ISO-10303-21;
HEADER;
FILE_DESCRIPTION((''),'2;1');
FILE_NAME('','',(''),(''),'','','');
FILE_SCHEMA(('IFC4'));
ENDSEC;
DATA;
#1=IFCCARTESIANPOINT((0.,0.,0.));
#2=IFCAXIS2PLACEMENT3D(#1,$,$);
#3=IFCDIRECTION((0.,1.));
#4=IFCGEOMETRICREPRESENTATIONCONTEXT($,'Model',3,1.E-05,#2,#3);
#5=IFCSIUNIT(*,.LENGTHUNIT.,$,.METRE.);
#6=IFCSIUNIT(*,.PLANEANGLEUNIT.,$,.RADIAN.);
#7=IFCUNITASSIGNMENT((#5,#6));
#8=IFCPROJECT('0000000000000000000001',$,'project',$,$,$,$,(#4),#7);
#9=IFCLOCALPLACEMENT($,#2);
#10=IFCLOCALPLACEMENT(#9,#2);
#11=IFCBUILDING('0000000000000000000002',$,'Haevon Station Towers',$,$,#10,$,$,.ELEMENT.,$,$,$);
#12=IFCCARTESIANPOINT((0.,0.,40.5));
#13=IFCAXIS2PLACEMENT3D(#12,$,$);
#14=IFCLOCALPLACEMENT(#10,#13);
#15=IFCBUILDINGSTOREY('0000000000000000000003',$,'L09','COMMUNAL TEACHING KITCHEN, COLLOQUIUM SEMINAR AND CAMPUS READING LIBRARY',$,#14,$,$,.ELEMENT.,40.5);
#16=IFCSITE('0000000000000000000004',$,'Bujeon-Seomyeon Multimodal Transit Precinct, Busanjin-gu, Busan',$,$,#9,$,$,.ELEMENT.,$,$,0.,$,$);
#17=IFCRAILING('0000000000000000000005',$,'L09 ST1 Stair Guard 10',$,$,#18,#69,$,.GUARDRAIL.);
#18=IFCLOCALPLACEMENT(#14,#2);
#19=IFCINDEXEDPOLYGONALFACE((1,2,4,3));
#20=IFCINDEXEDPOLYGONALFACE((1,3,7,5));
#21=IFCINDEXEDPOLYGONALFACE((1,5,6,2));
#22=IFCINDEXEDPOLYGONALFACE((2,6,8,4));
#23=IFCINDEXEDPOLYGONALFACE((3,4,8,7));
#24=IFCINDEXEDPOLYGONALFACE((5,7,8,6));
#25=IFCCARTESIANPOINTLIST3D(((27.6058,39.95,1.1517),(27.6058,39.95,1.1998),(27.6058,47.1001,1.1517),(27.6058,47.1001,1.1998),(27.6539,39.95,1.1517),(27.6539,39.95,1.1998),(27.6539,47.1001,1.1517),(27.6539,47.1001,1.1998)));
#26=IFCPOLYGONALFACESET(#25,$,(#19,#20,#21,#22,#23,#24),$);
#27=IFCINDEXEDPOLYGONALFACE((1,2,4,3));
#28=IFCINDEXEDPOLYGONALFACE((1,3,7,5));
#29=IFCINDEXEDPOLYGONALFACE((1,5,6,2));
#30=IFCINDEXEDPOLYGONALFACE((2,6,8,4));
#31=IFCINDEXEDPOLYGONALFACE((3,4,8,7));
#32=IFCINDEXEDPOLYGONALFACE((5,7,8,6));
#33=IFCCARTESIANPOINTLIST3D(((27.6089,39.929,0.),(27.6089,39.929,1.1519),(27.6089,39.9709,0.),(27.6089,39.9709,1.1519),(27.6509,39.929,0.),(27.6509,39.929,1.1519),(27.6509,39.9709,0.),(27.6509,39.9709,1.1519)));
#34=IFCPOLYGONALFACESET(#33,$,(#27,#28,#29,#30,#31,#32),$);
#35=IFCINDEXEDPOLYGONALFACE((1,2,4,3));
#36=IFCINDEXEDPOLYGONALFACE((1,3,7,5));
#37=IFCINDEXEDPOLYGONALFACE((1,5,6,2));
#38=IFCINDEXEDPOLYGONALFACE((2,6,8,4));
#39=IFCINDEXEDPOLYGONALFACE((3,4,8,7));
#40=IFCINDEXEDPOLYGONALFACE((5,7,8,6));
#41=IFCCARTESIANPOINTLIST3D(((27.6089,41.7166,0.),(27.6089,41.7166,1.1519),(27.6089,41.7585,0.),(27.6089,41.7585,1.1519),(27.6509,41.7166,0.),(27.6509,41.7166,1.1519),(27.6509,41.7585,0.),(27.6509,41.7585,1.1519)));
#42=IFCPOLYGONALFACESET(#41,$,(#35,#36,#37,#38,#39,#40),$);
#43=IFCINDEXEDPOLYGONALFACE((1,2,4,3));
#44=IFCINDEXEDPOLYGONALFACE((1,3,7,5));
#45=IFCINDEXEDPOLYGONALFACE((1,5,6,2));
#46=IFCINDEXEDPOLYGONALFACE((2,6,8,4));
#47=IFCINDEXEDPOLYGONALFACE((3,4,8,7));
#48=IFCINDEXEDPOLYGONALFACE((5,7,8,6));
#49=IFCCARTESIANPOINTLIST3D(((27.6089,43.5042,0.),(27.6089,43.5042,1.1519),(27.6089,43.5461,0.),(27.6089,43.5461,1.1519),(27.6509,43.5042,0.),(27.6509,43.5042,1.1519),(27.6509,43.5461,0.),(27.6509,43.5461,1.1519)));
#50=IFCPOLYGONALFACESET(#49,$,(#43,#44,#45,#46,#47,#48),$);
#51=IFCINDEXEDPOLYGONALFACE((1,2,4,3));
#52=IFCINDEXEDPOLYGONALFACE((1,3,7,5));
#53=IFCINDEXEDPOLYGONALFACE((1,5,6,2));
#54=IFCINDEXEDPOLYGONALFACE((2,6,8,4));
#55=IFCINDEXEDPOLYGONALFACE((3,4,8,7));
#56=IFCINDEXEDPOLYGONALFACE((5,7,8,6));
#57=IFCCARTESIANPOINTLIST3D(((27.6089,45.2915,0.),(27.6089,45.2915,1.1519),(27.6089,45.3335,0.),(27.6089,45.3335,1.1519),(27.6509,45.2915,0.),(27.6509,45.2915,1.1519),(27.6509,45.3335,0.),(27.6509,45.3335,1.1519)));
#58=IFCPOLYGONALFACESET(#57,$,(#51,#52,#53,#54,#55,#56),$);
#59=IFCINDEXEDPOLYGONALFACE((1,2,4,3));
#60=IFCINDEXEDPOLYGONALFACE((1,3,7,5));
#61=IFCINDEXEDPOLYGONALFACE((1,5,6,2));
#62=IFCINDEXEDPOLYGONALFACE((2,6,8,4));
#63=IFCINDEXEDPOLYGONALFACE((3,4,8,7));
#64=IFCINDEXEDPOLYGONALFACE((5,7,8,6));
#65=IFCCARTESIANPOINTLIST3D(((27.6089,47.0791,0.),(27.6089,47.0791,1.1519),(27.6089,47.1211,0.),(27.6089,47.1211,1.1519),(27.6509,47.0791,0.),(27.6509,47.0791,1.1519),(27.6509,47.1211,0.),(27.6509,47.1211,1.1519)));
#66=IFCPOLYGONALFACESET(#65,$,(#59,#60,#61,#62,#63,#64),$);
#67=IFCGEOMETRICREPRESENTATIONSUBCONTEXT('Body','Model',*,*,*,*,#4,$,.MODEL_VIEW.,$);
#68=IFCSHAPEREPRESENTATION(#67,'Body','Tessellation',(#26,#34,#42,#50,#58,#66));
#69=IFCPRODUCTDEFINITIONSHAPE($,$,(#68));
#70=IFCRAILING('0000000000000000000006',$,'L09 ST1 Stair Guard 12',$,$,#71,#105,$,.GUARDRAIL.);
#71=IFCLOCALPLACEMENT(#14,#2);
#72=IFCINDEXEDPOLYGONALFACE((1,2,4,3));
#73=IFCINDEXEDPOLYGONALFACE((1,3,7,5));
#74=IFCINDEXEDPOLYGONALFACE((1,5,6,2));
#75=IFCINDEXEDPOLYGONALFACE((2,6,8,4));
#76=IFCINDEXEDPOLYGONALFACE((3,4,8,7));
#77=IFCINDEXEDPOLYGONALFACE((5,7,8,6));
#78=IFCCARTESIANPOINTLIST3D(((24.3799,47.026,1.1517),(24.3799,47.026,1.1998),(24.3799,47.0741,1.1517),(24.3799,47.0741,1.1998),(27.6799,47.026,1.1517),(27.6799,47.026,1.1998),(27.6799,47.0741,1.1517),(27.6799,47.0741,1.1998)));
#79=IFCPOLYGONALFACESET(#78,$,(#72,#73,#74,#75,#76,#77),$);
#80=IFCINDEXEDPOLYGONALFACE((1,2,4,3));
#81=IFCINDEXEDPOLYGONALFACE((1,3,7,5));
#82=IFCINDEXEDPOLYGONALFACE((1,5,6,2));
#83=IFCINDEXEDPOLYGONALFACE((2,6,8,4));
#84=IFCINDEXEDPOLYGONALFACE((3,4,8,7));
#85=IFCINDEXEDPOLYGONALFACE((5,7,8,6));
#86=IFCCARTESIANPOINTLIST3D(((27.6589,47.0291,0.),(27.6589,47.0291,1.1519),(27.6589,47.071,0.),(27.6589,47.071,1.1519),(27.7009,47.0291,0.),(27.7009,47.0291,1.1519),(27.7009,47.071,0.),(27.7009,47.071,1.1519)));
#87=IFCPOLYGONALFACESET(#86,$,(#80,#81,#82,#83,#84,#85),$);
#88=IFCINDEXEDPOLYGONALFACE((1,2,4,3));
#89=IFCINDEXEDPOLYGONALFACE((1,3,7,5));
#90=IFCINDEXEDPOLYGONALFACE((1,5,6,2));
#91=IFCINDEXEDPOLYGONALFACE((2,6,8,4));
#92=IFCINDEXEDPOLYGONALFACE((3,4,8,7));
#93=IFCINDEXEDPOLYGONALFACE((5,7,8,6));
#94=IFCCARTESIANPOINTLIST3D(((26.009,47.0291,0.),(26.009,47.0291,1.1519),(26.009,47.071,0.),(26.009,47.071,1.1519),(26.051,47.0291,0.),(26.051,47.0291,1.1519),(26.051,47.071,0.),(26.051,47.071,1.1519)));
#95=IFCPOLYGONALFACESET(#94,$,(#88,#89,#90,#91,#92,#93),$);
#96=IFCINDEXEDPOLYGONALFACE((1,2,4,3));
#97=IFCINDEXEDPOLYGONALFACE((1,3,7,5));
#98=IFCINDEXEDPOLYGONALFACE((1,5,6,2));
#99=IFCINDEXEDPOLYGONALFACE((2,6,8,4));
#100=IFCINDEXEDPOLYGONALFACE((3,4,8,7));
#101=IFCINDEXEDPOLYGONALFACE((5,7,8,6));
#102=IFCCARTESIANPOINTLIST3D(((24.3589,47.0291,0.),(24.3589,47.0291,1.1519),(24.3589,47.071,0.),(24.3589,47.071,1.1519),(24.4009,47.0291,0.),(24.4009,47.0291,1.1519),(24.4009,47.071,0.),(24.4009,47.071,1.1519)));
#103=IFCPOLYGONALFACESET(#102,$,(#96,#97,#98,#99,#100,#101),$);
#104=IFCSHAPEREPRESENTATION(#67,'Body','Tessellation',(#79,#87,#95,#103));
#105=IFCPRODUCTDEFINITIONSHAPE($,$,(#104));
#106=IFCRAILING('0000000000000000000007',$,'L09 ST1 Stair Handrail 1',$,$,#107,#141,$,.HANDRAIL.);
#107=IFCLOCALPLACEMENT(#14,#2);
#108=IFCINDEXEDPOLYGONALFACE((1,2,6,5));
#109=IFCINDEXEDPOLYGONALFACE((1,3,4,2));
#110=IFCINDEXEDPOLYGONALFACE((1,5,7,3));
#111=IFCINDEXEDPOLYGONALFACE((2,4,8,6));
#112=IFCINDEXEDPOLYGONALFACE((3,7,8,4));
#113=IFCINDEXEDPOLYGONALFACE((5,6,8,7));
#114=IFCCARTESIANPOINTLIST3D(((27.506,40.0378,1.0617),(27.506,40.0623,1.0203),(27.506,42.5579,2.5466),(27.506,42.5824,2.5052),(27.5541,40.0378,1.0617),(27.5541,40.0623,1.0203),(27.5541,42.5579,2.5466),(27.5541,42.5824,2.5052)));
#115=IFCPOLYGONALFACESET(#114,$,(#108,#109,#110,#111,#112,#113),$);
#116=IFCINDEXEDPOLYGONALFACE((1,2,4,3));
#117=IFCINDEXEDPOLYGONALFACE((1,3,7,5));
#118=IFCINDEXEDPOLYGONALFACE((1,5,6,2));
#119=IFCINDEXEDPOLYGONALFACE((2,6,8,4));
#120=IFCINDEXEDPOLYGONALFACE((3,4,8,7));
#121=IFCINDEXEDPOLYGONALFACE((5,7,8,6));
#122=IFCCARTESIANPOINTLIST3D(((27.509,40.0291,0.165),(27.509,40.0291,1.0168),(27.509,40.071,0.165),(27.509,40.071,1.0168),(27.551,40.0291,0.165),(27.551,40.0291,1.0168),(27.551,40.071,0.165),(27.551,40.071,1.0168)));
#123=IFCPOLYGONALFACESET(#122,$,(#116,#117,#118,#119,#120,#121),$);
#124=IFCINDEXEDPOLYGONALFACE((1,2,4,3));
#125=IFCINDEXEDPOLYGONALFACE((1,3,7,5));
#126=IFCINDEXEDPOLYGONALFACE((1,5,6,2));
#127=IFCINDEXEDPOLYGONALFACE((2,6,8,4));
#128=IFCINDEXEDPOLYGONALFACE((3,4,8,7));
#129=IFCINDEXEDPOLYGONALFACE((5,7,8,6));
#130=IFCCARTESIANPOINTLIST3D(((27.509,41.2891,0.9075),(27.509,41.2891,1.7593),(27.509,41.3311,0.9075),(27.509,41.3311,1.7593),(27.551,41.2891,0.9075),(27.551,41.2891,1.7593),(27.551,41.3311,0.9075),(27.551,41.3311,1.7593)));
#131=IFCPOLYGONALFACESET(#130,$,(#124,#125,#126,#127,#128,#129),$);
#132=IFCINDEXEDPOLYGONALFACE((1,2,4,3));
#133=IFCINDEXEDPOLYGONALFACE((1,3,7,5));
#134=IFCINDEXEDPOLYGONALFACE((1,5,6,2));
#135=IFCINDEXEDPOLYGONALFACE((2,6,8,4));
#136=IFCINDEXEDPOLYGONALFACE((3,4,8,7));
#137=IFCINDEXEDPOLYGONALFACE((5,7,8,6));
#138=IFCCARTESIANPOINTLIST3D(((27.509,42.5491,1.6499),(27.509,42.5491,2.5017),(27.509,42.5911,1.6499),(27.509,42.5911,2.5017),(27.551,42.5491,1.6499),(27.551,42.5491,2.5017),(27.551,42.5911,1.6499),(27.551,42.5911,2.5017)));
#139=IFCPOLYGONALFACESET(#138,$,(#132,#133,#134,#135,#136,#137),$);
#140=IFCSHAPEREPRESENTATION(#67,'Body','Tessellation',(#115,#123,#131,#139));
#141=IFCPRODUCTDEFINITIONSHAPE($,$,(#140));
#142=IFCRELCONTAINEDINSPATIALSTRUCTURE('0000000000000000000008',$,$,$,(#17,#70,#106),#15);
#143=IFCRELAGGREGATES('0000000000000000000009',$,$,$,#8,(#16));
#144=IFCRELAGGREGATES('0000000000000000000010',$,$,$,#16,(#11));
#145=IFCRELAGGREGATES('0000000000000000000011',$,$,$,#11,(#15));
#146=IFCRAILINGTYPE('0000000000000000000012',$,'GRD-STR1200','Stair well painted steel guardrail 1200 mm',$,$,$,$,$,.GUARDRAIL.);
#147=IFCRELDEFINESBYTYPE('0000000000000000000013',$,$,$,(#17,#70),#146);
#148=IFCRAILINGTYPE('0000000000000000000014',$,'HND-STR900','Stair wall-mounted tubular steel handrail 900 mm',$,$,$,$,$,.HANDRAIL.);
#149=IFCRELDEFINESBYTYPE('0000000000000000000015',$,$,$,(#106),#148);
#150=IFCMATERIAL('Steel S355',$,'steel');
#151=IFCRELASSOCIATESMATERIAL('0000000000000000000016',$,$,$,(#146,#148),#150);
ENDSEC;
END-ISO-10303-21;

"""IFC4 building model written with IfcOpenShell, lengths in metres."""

from ifc_helpers import new_model, si_unit, direction, frame, origin, origin_2d, place, context, subcontext, project, spatial, rectangle, extrude, material, type_object, element, save


model = new_model("IFC4")

# Units and contexts
model_context = context("Model", 3, precision=1e-05, world=origin(), true_north=direction((0.0, 1.0)))
body_context = subcontext(model_context, "Body", "Model", "MODEL_VIEW")
ifc_project = project(units=[si_unit("LENGTHUNIT", "METRE"), si_unit("PLANEANGLEUNIT", "RADIAN")], contexts=[model_context])

# Site, building, storey
site_placement = place(None, origin())
site = spatial("IfcSite", under=ifc_project, at=site_placement, Name="Bujeon-Seomyeon Multimodal Transit Precinct, Busanjin-gu, Busan", CompositionType="ELEMENT", RefElevation=0.0)
building_placement = place(site_placement, origin())
building = spatial("IfcBuilding", under=site, at=building_placement, Name="Haevon Station Towers", CompositionType="ELEMENT")
storey_placement = place(building_placement, frame((0.0, 0.0, 40.5)))
storey = spatial("IfcBuildingStorey", under=building, at=storey_placement, Name="L09", Description="COMMUNAL TEACHING KITCHEN, COLLOQUIUM SEMINAR AND CAMPUS READING LIBRARY", CompositionType="ELEMENT", Elevation=40.5)

# Shared definitions
ifc_material_1 = material(Name="Steel S355", Category="steel")

# Railings
railing_type_1 = type_object("IfcRailingType", Name="GRD-STR1200", Description="Stair well painted steel guardrail 1200 mm", PredefinedType="GUARDRAIL", material=ifc_material_1)
railing_1_placement = place(storey_placement, frame((27.6299, 39.95, 0.0)))
element("IfcRailing", 1, at=railing_1_placement, inside=storey, type_object=railing_type_1, Name="L09 ST1 Stair Guard 10", PredefinedType="GUARDRAIL", context=body_context, shape_type="SweptSolid", body=[
    extrude(rectangle(XDim=0.0481, YDim=0.0481, at=origin_2d()), frame((0.0, 0.0, 1.1758), z_axis=(0.0, 1.0, 0.0), x_axis=(-1.0, 0.0, 0.0)), (0.0, 0.0, 1.0), 7.1501),
    extrude(rectangle(XDim=0.042, YDim=0.042, at=origin_2d()), origin(), (0.0, 0.0, 1.0), 1.1519),
    extrude(rectangle(XDim=0.042, YDim=0.042, at=origin_2d()), frame((0.0, 1.7876, 0.0)), (0.0, 0.0, 1.0), 1.1519),
    extrude(rectangle(XDim=0.042, YDim=0.042, at=origin_2d()), frame((0.0, 3.5752, 0.0)), (0.0, 0.0, 1.0), 1.1519),
    extrude(rectangle(XDim=0.042, YDim=0.042, at=origin_2d()), frame((0.0, 5.3625, 0.0)), (0.0, 0.0, 1.0), 1.1519),
    extrude(rectangle(XDim=0.042, YDim=0.042, at=origin_2d()), frame((0.0, 7.1501, 0.0)), (0.0, 0.0, 1.0), 1.1519),
])
railing_2_placement = place(storey_placement, frame((27.6799, 47.05, 0.0)))
element("IfcRailing", 2, at=railing_2_placement, inside=storey, type_object=railing_type_1, Name="L09 ST1 Stair Guard 12", PredefinedType="GUARDRAIL", context=body_context, shape_type="SweptSolid", body=[
    extrude(rectangle(XDim=0.0481, YDim=0.0481, at=origin_2d()), frame((0.0, 0.0, 1.1758), z_axis=(-1.0, 0.0, 0.0), x_axis=(0.0, -1.0, 0.0)), (0.0, 0.0, 1.0), 3.3),
    extrude(rectangle(XDim=0.042, YDim=0.042, at=origin_2d()), origin(), (0.0, 0.0, 1.0), 1.1519),
    extrude(rectangle(XDim=0.042, YDim=0.042, at=origin_2d()), frame((-1.6499, 0.0, 0.0)), (0.0, 0.0, 1.0), 1.1519),
    extrude(rectangle(XDim=0.042, YDim=0.042, at=origin_2d()), frame((-3.3, 0.0, 0.0)), (0.0, 0.0, 1.0), 1.1519),
])
railing_type_2 = type_object("IfcRailingType", Name="HND-STR900", Description="Stair wall-mounted tubular steel handrail 900 mm", PredefinedType="HANDRAIL", material=ifc_material_1)
railing_3_placement = place(storey_placement, frame((27.53, 40.05, 0.165)))
element("IfcRailing", 3, at=railing_3_placement, inside=storey, type_object=railing_type_2, Name="L09 ST1 Stair Handrail 1", PredefinedType="HANDRAIL", context=body_context, shape_type="SweptSolid", body=[
    extrude(rectangle(XDim=0.0481, YDim=0.0481, at=origin_2d()), frame((0.0, 0.0, 0.876), z_axis=(0.0, 0.861561, 0.507655), x_axis=(-1.0, 0.0, 0.0)), (0.0, 0.0, 1.0), 2.925),
    extrude(rectangle(XDim=0.042, YDim=0.042, at=origin_2d()), origin(), (0.0, 0.0, 1.0), 0.8518),
    extrude(rectangle(XDim=0.042, YDim=0.042, at=origin_2d()), frame((0.0, 1.26, 0.7424)), (0.0, 0.0, 1.0), 0.8518),
    extrude(rectangle(XDim=0.042, YDim=0.042, at=origin_2d()), frame((0.0, 2.52, 1.4849)), (0.0, 0.0, 1.0), 0.8518),
])

save(model, "model.ifc")
